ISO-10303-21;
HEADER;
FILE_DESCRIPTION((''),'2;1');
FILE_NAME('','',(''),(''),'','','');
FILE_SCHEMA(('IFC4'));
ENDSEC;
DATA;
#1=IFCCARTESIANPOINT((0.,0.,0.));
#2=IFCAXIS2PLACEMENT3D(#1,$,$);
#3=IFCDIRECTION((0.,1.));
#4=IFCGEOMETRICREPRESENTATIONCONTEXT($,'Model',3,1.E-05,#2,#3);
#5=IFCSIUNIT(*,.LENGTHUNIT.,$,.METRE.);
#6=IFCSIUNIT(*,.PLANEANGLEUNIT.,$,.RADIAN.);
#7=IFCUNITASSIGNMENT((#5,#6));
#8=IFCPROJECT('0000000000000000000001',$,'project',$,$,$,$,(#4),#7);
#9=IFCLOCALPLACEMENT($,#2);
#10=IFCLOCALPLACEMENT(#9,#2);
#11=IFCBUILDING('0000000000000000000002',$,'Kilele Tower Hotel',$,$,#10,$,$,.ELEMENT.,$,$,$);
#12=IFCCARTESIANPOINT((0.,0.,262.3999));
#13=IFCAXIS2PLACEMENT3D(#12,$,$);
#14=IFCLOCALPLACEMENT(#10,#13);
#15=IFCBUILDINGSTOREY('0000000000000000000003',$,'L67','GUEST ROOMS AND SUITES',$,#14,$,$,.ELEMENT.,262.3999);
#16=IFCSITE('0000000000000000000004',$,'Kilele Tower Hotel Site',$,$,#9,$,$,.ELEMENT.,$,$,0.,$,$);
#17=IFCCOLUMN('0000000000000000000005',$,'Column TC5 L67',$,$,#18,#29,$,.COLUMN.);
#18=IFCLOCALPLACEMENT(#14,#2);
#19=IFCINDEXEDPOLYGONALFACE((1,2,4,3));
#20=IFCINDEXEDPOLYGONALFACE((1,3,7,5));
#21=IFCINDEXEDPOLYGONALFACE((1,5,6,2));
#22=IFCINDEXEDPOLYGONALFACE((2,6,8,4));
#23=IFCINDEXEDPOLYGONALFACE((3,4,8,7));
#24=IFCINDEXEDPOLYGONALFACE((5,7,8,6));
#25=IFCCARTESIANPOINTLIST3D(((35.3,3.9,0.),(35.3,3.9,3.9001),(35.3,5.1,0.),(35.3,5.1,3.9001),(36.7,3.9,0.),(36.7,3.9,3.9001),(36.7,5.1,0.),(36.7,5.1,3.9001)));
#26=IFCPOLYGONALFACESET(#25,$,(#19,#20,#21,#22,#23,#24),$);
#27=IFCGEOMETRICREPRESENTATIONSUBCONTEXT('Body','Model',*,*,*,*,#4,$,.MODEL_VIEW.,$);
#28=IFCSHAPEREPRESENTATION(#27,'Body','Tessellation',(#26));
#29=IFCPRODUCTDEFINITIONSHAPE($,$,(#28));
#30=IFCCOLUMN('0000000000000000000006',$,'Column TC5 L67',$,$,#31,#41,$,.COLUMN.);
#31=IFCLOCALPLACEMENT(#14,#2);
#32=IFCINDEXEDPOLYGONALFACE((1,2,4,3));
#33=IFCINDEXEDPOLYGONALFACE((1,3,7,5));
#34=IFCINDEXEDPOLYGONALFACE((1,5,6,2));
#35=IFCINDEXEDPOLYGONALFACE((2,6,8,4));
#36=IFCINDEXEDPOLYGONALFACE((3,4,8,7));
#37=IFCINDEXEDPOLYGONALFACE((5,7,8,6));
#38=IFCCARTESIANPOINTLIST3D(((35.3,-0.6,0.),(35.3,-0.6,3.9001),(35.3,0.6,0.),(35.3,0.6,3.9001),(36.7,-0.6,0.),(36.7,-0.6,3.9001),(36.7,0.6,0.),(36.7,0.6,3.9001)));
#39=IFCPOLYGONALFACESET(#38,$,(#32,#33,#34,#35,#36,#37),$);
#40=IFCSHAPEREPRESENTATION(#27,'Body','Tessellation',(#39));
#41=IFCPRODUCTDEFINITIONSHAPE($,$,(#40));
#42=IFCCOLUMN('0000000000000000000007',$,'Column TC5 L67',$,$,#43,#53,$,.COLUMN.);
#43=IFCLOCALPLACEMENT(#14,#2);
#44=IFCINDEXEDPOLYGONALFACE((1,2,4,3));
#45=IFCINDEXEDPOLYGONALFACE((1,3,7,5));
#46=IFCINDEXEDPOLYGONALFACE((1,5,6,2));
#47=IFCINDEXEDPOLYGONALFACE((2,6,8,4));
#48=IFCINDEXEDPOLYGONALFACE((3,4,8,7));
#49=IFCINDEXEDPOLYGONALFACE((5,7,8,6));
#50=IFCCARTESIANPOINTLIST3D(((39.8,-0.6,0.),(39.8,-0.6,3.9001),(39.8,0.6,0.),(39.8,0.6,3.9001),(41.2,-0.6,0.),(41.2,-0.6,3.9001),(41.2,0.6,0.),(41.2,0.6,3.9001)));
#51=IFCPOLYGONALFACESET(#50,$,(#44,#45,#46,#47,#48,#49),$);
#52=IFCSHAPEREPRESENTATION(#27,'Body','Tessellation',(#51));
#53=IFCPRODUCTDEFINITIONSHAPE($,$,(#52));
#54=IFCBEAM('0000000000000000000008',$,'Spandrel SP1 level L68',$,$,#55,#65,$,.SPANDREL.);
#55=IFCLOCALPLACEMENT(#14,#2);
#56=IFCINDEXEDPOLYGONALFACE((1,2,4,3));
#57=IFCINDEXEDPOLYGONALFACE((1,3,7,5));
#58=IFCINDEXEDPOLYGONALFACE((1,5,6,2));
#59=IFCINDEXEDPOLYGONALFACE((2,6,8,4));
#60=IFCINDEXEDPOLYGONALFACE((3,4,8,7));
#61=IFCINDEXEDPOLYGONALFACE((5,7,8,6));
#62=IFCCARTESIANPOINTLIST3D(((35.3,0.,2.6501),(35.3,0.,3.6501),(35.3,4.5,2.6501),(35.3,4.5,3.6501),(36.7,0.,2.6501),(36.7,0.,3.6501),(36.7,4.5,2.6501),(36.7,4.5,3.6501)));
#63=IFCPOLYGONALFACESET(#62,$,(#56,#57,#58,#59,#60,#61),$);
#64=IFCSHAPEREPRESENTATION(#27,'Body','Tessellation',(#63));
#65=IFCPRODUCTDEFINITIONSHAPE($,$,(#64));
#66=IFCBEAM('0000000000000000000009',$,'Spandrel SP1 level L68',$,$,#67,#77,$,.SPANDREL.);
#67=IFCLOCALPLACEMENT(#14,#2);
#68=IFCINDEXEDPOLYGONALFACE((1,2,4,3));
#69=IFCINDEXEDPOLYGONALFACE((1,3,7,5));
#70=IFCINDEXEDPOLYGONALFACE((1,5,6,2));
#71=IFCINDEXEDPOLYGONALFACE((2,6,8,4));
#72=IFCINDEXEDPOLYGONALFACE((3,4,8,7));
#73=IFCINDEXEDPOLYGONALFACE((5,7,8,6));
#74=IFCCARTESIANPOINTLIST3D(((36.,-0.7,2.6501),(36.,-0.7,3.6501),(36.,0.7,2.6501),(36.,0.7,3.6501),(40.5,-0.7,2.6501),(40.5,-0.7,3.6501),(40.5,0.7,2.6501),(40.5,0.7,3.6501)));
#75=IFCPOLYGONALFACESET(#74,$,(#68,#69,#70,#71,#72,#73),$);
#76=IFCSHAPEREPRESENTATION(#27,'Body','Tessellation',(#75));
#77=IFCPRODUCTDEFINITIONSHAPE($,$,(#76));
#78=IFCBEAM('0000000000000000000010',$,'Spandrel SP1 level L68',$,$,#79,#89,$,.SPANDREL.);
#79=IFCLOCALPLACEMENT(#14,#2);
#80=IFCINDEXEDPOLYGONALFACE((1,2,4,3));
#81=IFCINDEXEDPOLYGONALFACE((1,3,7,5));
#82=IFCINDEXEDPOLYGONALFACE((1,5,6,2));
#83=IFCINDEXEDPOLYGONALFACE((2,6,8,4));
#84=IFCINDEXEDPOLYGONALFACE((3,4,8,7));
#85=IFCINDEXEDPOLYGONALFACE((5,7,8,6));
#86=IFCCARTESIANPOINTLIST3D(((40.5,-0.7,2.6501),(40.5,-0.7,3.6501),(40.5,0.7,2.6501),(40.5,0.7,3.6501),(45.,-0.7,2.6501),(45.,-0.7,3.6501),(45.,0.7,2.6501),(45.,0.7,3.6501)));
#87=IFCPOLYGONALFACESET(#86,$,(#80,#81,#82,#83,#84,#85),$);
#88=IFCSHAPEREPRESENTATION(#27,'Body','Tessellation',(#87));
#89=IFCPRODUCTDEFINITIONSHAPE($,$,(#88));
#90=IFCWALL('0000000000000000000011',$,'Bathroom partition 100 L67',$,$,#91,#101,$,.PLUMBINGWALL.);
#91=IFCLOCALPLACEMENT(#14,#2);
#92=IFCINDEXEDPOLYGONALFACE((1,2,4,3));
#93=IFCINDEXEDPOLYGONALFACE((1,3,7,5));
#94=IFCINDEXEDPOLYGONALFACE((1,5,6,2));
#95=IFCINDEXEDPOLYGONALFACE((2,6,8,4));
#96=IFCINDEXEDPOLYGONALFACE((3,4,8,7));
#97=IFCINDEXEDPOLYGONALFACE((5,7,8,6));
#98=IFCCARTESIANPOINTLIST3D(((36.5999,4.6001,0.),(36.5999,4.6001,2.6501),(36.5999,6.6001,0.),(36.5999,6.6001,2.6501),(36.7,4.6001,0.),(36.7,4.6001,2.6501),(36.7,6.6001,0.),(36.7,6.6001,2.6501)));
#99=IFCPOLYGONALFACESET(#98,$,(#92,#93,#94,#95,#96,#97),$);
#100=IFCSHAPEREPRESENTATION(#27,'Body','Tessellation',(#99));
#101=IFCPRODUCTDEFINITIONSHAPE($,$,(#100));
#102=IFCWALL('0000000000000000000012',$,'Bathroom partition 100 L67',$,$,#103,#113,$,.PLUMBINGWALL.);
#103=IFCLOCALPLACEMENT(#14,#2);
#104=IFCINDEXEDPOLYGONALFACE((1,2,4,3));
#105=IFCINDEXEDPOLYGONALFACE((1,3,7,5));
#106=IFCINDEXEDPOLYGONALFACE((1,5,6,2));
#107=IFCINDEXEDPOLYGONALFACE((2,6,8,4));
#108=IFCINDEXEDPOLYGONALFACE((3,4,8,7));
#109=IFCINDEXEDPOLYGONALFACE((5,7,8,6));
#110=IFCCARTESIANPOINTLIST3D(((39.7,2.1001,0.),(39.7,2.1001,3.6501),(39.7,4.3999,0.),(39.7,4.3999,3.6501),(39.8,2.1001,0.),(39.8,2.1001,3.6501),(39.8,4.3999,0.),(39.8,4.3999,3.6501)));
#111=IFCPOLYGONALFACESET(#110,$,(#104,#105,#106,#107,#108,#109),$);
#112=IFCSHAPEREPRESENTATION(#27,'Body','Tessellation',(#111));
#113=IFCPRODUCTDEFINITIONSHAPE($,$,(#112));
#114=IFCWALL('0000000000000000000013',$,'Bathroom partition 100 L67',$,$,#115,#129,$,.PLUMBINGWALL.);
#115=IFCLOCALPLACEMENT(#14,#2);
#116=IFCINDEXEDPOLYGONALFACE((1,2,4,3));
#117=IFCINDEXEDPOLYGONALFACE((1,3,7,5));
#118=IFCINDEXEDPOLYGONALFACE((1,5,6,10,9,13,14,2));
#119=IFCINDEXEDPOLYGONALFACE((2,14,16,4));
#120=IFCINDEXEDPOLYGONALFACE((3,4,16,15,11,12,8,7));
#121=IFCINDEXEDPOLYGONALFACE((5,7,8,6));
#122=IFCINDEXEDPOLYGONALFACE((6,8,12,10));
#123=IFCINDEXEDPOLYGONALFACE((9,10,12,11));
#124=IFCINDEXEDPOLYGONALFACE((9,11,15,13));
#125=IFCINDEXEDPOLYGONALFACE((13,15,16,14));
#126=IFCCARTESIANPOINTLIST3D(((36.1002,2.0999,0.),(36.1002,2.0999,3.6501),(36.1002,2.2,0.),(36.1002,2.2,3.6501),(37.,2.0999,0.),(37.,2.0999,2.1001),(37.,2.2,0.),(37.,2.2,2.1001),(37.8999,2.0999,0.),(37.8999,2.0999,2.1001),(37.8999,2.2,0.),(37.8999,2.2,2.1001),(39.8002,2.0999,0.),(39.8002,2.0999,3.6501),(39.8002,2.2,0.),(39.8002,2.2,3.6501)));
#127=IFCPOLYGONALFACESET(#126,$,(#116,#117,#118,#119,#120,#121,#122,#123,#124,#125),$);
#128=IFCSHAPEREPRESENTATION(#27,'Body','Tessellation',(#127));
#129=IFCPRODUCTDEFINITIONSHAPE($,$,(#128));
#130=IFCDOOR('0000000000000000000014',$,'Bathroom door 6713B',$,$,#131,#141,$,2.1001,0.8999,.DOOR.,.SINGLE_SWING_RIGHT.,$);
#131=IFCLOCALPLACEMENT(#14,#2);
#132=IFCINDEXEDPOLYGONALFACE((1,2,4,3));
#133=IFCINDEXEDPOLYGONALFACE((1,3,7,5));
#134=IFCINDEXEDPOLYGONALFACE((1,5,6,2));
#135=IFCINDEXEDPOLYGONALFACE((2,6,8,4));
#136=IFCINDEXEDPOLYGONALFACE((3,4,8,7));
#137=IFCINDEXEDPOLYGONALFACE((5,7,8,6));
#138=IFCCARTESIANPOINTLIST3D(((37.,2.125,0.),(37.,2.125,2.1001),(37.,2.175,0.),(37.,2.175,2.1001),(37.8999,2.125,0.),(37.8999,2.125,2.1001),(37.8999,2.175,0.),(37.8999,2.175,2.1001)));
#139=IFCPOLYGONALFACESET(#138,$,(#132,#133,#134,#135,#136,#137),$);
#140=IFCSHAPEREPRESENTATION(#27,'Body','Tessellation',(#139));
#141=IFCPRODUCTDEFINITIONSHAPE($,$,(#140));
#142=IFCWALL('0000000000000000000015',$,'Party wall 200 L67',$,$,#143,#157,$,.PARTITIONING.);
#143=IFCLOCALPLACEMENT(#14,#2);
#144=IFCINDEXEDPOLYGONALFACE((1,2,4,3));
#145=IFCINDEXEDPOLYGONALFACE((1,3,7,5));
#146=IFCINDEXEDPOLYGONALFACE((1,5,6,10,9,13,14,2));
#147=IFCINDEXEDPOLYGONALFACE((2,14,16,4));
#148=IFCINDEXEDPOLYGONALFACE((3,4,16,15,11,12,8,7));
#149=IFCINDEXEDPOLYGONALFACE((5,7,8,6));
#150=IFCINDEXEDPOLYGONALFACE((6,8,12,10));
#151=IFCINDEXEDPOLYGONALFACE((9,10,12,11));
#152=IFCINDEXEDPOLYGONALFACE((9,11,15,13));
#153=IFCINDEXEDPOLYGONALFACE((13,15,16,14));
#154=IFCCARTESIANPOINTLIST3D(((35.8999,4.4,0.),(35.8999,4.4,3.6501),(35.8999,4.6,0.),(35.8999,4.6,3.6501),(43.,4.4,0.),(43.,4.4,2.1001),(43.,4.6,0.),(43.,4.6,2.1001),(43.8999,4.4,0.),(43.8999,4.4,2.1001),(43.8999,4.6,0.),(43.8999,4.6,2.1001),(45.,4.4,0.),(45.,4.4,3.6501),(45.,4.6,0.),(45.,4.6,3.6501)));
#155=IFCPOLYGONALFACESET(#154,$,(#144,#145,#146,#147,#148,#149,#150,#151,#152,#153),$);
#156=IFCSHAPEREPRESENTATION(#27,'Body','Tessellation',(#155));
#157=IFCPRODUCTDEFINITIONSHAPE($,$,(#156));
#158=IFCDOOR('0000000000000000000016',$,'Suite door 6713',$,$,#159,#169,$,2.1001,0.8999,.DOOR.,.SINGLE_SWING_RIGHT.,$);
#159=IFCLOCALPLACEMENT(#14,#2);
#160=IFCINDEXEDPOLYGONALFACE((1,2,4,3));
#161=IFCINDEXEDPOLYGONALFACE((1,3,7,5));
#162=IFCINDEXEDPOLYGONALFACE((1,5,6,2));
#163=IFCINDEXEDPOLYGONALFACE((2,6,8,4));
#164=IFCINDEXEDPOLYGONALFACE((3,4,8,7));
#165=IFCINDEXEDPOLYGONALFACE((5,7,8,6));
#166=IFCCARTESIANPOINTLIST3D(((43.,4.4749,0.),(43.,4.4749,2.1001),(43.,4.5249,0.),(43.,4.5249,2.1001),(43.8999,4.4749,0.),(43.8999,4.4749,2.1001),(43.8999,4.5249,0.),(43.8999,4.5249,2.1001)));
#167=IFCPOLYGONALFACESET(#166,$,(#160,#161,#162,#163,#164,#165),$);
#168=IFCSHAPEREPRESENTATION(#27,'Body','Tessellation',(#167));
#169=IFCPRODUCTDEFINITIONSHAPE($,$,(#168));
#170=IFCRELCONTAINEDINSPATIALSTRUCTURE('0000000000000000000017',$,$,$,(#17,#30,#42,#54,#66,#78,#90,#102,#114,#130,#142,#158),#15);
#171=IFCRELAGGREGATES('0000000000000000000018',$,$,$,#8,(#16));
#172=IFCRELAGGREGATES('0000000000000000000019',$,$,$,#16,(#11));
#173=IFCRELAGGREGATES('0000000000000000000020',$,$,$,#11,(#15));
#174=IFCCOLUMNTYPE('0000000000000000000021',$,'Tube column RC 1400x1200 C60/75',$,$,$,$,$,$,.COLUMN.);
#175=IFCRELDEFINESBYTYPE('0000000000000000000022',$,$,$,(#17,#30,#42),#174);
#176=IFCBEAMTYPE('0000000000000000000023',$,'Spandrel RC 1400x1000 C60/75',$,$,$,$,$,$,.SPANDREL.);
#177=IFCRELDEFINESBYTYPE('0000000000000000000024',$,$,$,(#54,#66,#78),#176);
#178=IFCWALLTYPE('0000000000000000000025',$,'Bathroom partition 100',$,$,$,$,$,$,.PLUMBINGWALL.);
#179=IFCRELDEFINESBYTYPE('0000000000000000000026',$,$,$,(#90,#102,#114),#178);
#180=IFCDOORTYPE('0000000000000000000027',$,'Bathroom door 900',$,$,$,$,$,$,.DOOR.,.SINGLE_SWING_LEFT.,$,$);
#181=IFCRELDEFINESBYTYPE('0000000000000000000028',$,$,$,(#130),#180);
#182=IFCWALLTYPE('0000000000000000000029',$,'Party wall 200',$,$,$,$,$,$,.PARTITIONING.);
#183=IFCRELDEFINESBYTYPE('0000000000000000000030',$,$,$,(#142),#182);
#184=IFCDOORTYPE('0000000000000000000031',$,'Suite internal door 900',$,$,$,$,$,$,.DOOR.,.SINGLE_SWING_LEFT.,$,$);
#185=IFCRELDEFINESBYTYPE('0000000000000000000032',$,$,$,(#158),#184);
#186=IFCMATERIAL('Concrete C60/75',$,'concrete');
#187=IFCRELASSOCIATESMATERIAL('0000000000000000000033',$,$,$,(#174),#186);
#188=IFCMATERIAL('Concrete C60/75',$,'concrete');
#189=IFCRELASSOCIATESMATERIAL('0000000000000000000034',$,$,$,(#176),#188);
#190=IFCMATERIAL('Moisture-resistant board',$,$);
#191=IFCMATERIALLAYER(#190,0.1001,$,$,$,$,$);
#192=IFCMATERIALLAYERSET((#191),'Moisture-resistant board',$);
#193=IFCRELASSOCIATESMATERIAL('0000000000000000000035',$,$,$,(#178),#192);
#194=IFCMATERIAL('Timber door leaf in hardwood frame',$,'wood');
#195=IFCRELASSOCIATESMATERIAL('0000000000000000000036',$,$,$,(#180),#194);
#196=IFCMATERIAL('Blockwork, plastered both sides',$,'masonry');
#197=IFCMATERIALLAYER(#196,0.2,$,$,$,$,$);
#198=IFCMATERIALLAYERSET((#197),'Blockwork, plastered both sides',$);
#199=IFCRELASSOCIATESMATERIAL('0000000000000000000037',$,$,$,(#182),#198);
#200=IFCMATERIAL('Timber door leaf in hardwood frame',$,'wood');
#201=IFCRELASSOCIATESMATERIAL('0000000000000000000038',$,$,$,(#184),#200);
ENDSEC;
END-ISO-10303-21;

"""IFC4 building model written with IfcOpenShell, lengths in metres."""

from ifc_helpers import new_model, si_unit, direction, frame, frame_2d, origin, origin_2d, place, context, subcontext, project, spatial, rectangle, extrude, material, layer, layer_set, material_profile, profile_set, type_object, element, fill, save


model = new_model("IFC4")

# Units and contexts
model_context = context("Model", 3, precision=1e-05, world=origin(), true_north=direction((0.0, 1.0)))
body_context = subcontext(model_context, "Body", "Model", "MODEL_VIEW")
ifc_project = project(units=[si_unit("LENGTHUNIT", "METRE"), si_unit("PLANEANGLEUNIT", "RADIAN")], contexts=[model_context])

# Site, building, storey
site_placement = place(None, origin())
site = spatial("IfcSite", under=ifc_project, at=site_placement, Name="Kilele Tower Hotel Site", CompositionType="ELEMENT", RefElevation=0.0)
building_placement = place(site_placement, origin())
building = spatial("IfcBuilding", under=site, at=building_placement, Name="Kilele Tower Hotel", CompositionType="ELEMENT")
storey_placement = place(building_placement, frame((0.0, 0.0, 262.3999)))
storey = spatial("IfcBuildingStorey", under=building, at=storey_placement, Name="L67", Description="GUEST ROOMS AND SUITES", CompositionType="ELEMENT", Elevation=262.3999)

# Columns
ifc_material_1 = material(Name="Concrete C60/75", Category="concrete")
ifc_material_profile_1 = material_profile(ifc_material_1, rectangle(XDim=1.3999, YDim=1.2, at=origin_2d()))
ifc_profile_set_1 = profile_set([ifc_material_profile_1], Name="Concrete C60/75")
column_type = type_object("IfcColumnType", Name="Tube column RC 1400x1200 C60/75", PredefinedType="COLUMN", material=ifc_profile_set_1)
for number, where, z_axis, x_axis, name in (
    (1, (36.0, 4.5, 0.0), (0.0, 0.0, 1.0), (1.0, 0.0, 0.0), "Column TC5 L67"),
    (2, (36.0, 0.0, 0.0), (0.0, 0.0, 1.0), (1.0, 0.0, 0.0), "Column TC5 L67"),
    (3, (40.5, 0.0, 0.0), (0.0, 0.0, 1.0), (1.0, 0.0, 0.0), "Column TC5 L67"),
):
    element("IfcColumn", number, at=place(storey_placement, frame(where, z_axis=z_axis, x_axis=x_axis)), inside=storey, type_object=column_type, Name=name, PredefinedType="COLUMN", context=body_context, shape_type="SweptSolid", body=[
        extrude(rectangle(XDim=1.3999, YDim=1.2, at=origin_2d()), origin(), (0.0, 0.0, 1.0), 3.9001),
    ])

# Beams
ifc_material_2 = material(Name="Concrete C60/75", Category="concrete")
ifc_material_profile_2 = material_profile(ifc_material_2, rectangle(XDim=1.3999, YDim=1.0, at=origin_2d()))
ifc_profile_set_2 = profile_set([ifc_material_profile_2], Name="Concrete C60/75")
beam_type = type_object("IfcBeamType", Name="Spandrel RC 1400x1000 C60/75", PredefinedType="SPANDREL", material=ifc_profile_set_2)
for number, where, z_axis, x_axis, name in (
    (4, (36.0, 4.5, 3.1501), (0.0, -1.0, 0.0), (1.0, 0.0, 0.0), "Spandrel SP1 level L68"),
    (5, (36.0, 0.0, 3.1501), (1.0, 0.0, 0.0), (0.0, 1.0, 0.0), "Spandrel SP1 level L68"),
    (6, (40.5, 0.0, 3.1501), (1.0, 0.0, 0.0), (0.0, 1.0, 0.0), "Spandrel SP1 level L68"),
):
    element("IfcBeam", number, at=place(storey_placement, frame(where, z_axis=z_axis, x_axis=x_axis)), inside=storey, type_object=beam_type, Name=name, PredefinedType="SPANDREL", context=body_context, shape_type="SweptSolid", body=[
        extrude(rectangle(XDim=1.3999, YDim=1.0, at=origin_2d()), origin(), (0.0, 0.0, 1.0), 4.5),
    ])

# Walls
ifc_material_3 = material(Name="Moisture-resistant board")
ifc_layer_1 = layer(ifc_material_3, 0.1001)
ifc_layer_set_1 = layer_set([ifc_layer_1], Name="Moisture-resistant board")
wall_type_1 = type_object("IfcWallType", Name="Bathroom partition 100", PredefinedType="PLUMBINGWALL", material=ifc_layer_set_1)
wall_1_placement = place(storey_placement, frame((36.6499, 4.6001, 0.0), z_axis=(0.0, 0.0, 1.0), x_axis=(0.0, 1.0, 0.0)))
element("IfcWall", 7, at=wall_1_placement, inside=storey, type_object=wall_type_1, Name="Bathroom partition 100 L67", PredefinedType="PLUMBINGWALL", context=body_context, shape_type="SweptSolid", body=[
    extrude(rectangle(XDim=2.0, YDim=0.1001, at=frame_2d((1.0, 0.0))), origin(), (0.0, 0.0, 1.0), 2.6501),
])
wall_2_placement = place(storey_placement, frame((39.75, 4.3999, 0.0), z_axis=(0.0, 0.0, 1.0), x_axis=(0.0, -1.0, 0.0)))
element("IfcWall", 8, at=wall_2_placement, inside=storey, type_object=wall_type_1, Name="Bathroom partition 100 L67", PredefinedType="PLUMBINGWALL", context=body_context, shape_type="SweptSolid", body=[
    extrude(rectangle(XDim=2.2998, YDim=0.1001, at=frame_2d((1.1499, 0.0))), origin(), (0.0, 0.0, 1.0), 3.6501),
])

# Walls, openings, doors
wall_3_placement = place(storey_placement, frame((36.1001, 2.1499, 0.0), z_axis=(0.0, 0.0, 1.0), x_axis=(1.0, 0.0, 0.0)))
wall_3 = element("IfcWall", 9, at=wall_3_placement, inside=storey, type_object=wall_type_1, Name="Bathroom partition 100 L67", PredefinedType="PLUMBINGWALL", context=body_context, shape_type="SweptSolid", body=[
    extrude(rectangle(XDim=3.7, YDim=0.1001, at=frame_2d((1.8501, 0.0))), origin(), (0.0, 0.0, 1.0), 3.6501),
])
opening_1_placement = place(wall_3_placement, frame((1.7998, 0.0, 0.0), z_axis=(0.0, 0.0, 1.0), x_axis=(-1.0, 0.0, 0.0)))
opening_1 = element("IfcOpeningElement", 10, at=opening_1_placement, cuts=wall_3, PredefinedType="OPENING", context=body_context, shape_type="SweptSolid", body=[
    extrude(rectangle(XDim=0.8999, YDim=2.1001, at=frame_2d((0.45, 1.05))), frame((0.0, 0.0601, 0.0), z_axis=(0.0, -1.0, 0.0), x_axis=(1.0, 0.0, 0.0)), (0.0, 0.0, 1.0), 0.1201),
])
ifc_material_4 = material(Name="Timber door leaf in hardwood frame", Category="wood")
door_type_1 = type_object("IfcDoorType", Name="Bathroom door 900", OperationType="SINGLE_SWING_LEFT", PredefinedType="DOOR", material=ifc_material_4)
door_1_placement = place(opening_1_placement, origin())
door_1 = element("IfcDoor", 11, at=door_1_placement, inside=storey, type_object=door_type_1, Name="Bathroom door 6713B", OperationType="SINGLE_SWING_RIGHT", OverallHeight=2.1001, OverallWidth=0.8999, PredefinedType="DOOR", context=body_context, shape_type="SweptSolid", body=[
    extrude(rectangle(XDim=0.8999, YDim=2.1001, at=frame_2d((0.45, 1.05))), frame((0.0, 0.0249, 0.0), z_axis=(0.0, -1.0, 0.0), x_axis=(1.0, 0.0, 0.0)), (0.0, 0.0, 1.0), 0.05),
])
fill(opening_1, door_1)
ifc_material_5 = material(Name="Blockwork, plastered both sides", Category="masonry")
ifc_layer_2 = layer(ifc_material_5, 0.2)
ifc_layer_set_2 = layer_set([ifc_layer_2], Name="Blockwork, plastered both sides")
wall_type_2 = type_object("IfcWallType", Name="Party wall 200", PredefinedType="PARTITIONING", material=ifc_layer_set_2)
wall_4_placement = place(storey_placement, frame((35.8999, 4.5, 0.0), z_axis=(0.0, 0.0, 1.0), x_axis=(1.0, 0.0, 0.0)))
wall_4 = element("IfcWall", 12, at=wall_4_placement, inside=storey, type_object=wall_type_2, Name="Party wall 200 L67", PredefinedType="PARTITIONING", context=body_context, shape_type="SweptSolid", body=[
    extrude(rectangle(XDim=9.1001, YDim=0.2, at=frame_2d((4.55, 0.0))), origin(), (0.0, 0.0, 1.0), 3.6501),
])
opening_2_placement = place(wall_4_placement, frame((7.1001, 0.0, 0.0)))
opening_2 = element("IfcOpeningElement", 13, at=opening_2_placement, cuts=wall_4, PredefinedType="OPENING", context=body_context, shape_type="SweptSolid", body=[
    extrude(rectangle(XDim=0.8999, YDim=2.1001, at=frame_2d((0.45, 1.05))), frame((0.0, 0.1099, 0.0), z_axis=(0.0, -1.0, 0.0), x_axis=(1.0, 0.0, 0.0)), (0.0, 0.0, 1.0), 0.22),
])
ifc_material_6 = material(Name="Timber door leaf in hardwood frame", Category="wood")
door_type_2 = type_object("IfcDoorType", Name="Suite internal door 900", OperationType="SINGLE_SWING_LEFT", PredefinedType="DOOR", material=ifc_material_6)
door_2_placement = place(opening_2_placement, origin())
door_2 = element("IfcDoor", 14, at=door_2_placement, inside=storey, type_object=door_type_2, Name="Suite door 6713", OperationType="SINGLE_SWING_RIGHT", OverallHeight=2.1001, OverallWidth=0.8999, PredefinedType="DOOR", context=body_context, shape_type="SweptSolid", body=[
    extrude(rectangle(XDim=0.8999, YDim=2.1001, at=frame_2d((0.45, 1.05))), frame((0.0, 0.0249, 0.0), z_axis=(0.0, -1.0, 0.0), x_axis=(1.0, 0.0, 0.0)), (0.0, 0.0, 1.0), 0.05),
])
fill(opening_2, door_2)

save(model, "model.ifc")
